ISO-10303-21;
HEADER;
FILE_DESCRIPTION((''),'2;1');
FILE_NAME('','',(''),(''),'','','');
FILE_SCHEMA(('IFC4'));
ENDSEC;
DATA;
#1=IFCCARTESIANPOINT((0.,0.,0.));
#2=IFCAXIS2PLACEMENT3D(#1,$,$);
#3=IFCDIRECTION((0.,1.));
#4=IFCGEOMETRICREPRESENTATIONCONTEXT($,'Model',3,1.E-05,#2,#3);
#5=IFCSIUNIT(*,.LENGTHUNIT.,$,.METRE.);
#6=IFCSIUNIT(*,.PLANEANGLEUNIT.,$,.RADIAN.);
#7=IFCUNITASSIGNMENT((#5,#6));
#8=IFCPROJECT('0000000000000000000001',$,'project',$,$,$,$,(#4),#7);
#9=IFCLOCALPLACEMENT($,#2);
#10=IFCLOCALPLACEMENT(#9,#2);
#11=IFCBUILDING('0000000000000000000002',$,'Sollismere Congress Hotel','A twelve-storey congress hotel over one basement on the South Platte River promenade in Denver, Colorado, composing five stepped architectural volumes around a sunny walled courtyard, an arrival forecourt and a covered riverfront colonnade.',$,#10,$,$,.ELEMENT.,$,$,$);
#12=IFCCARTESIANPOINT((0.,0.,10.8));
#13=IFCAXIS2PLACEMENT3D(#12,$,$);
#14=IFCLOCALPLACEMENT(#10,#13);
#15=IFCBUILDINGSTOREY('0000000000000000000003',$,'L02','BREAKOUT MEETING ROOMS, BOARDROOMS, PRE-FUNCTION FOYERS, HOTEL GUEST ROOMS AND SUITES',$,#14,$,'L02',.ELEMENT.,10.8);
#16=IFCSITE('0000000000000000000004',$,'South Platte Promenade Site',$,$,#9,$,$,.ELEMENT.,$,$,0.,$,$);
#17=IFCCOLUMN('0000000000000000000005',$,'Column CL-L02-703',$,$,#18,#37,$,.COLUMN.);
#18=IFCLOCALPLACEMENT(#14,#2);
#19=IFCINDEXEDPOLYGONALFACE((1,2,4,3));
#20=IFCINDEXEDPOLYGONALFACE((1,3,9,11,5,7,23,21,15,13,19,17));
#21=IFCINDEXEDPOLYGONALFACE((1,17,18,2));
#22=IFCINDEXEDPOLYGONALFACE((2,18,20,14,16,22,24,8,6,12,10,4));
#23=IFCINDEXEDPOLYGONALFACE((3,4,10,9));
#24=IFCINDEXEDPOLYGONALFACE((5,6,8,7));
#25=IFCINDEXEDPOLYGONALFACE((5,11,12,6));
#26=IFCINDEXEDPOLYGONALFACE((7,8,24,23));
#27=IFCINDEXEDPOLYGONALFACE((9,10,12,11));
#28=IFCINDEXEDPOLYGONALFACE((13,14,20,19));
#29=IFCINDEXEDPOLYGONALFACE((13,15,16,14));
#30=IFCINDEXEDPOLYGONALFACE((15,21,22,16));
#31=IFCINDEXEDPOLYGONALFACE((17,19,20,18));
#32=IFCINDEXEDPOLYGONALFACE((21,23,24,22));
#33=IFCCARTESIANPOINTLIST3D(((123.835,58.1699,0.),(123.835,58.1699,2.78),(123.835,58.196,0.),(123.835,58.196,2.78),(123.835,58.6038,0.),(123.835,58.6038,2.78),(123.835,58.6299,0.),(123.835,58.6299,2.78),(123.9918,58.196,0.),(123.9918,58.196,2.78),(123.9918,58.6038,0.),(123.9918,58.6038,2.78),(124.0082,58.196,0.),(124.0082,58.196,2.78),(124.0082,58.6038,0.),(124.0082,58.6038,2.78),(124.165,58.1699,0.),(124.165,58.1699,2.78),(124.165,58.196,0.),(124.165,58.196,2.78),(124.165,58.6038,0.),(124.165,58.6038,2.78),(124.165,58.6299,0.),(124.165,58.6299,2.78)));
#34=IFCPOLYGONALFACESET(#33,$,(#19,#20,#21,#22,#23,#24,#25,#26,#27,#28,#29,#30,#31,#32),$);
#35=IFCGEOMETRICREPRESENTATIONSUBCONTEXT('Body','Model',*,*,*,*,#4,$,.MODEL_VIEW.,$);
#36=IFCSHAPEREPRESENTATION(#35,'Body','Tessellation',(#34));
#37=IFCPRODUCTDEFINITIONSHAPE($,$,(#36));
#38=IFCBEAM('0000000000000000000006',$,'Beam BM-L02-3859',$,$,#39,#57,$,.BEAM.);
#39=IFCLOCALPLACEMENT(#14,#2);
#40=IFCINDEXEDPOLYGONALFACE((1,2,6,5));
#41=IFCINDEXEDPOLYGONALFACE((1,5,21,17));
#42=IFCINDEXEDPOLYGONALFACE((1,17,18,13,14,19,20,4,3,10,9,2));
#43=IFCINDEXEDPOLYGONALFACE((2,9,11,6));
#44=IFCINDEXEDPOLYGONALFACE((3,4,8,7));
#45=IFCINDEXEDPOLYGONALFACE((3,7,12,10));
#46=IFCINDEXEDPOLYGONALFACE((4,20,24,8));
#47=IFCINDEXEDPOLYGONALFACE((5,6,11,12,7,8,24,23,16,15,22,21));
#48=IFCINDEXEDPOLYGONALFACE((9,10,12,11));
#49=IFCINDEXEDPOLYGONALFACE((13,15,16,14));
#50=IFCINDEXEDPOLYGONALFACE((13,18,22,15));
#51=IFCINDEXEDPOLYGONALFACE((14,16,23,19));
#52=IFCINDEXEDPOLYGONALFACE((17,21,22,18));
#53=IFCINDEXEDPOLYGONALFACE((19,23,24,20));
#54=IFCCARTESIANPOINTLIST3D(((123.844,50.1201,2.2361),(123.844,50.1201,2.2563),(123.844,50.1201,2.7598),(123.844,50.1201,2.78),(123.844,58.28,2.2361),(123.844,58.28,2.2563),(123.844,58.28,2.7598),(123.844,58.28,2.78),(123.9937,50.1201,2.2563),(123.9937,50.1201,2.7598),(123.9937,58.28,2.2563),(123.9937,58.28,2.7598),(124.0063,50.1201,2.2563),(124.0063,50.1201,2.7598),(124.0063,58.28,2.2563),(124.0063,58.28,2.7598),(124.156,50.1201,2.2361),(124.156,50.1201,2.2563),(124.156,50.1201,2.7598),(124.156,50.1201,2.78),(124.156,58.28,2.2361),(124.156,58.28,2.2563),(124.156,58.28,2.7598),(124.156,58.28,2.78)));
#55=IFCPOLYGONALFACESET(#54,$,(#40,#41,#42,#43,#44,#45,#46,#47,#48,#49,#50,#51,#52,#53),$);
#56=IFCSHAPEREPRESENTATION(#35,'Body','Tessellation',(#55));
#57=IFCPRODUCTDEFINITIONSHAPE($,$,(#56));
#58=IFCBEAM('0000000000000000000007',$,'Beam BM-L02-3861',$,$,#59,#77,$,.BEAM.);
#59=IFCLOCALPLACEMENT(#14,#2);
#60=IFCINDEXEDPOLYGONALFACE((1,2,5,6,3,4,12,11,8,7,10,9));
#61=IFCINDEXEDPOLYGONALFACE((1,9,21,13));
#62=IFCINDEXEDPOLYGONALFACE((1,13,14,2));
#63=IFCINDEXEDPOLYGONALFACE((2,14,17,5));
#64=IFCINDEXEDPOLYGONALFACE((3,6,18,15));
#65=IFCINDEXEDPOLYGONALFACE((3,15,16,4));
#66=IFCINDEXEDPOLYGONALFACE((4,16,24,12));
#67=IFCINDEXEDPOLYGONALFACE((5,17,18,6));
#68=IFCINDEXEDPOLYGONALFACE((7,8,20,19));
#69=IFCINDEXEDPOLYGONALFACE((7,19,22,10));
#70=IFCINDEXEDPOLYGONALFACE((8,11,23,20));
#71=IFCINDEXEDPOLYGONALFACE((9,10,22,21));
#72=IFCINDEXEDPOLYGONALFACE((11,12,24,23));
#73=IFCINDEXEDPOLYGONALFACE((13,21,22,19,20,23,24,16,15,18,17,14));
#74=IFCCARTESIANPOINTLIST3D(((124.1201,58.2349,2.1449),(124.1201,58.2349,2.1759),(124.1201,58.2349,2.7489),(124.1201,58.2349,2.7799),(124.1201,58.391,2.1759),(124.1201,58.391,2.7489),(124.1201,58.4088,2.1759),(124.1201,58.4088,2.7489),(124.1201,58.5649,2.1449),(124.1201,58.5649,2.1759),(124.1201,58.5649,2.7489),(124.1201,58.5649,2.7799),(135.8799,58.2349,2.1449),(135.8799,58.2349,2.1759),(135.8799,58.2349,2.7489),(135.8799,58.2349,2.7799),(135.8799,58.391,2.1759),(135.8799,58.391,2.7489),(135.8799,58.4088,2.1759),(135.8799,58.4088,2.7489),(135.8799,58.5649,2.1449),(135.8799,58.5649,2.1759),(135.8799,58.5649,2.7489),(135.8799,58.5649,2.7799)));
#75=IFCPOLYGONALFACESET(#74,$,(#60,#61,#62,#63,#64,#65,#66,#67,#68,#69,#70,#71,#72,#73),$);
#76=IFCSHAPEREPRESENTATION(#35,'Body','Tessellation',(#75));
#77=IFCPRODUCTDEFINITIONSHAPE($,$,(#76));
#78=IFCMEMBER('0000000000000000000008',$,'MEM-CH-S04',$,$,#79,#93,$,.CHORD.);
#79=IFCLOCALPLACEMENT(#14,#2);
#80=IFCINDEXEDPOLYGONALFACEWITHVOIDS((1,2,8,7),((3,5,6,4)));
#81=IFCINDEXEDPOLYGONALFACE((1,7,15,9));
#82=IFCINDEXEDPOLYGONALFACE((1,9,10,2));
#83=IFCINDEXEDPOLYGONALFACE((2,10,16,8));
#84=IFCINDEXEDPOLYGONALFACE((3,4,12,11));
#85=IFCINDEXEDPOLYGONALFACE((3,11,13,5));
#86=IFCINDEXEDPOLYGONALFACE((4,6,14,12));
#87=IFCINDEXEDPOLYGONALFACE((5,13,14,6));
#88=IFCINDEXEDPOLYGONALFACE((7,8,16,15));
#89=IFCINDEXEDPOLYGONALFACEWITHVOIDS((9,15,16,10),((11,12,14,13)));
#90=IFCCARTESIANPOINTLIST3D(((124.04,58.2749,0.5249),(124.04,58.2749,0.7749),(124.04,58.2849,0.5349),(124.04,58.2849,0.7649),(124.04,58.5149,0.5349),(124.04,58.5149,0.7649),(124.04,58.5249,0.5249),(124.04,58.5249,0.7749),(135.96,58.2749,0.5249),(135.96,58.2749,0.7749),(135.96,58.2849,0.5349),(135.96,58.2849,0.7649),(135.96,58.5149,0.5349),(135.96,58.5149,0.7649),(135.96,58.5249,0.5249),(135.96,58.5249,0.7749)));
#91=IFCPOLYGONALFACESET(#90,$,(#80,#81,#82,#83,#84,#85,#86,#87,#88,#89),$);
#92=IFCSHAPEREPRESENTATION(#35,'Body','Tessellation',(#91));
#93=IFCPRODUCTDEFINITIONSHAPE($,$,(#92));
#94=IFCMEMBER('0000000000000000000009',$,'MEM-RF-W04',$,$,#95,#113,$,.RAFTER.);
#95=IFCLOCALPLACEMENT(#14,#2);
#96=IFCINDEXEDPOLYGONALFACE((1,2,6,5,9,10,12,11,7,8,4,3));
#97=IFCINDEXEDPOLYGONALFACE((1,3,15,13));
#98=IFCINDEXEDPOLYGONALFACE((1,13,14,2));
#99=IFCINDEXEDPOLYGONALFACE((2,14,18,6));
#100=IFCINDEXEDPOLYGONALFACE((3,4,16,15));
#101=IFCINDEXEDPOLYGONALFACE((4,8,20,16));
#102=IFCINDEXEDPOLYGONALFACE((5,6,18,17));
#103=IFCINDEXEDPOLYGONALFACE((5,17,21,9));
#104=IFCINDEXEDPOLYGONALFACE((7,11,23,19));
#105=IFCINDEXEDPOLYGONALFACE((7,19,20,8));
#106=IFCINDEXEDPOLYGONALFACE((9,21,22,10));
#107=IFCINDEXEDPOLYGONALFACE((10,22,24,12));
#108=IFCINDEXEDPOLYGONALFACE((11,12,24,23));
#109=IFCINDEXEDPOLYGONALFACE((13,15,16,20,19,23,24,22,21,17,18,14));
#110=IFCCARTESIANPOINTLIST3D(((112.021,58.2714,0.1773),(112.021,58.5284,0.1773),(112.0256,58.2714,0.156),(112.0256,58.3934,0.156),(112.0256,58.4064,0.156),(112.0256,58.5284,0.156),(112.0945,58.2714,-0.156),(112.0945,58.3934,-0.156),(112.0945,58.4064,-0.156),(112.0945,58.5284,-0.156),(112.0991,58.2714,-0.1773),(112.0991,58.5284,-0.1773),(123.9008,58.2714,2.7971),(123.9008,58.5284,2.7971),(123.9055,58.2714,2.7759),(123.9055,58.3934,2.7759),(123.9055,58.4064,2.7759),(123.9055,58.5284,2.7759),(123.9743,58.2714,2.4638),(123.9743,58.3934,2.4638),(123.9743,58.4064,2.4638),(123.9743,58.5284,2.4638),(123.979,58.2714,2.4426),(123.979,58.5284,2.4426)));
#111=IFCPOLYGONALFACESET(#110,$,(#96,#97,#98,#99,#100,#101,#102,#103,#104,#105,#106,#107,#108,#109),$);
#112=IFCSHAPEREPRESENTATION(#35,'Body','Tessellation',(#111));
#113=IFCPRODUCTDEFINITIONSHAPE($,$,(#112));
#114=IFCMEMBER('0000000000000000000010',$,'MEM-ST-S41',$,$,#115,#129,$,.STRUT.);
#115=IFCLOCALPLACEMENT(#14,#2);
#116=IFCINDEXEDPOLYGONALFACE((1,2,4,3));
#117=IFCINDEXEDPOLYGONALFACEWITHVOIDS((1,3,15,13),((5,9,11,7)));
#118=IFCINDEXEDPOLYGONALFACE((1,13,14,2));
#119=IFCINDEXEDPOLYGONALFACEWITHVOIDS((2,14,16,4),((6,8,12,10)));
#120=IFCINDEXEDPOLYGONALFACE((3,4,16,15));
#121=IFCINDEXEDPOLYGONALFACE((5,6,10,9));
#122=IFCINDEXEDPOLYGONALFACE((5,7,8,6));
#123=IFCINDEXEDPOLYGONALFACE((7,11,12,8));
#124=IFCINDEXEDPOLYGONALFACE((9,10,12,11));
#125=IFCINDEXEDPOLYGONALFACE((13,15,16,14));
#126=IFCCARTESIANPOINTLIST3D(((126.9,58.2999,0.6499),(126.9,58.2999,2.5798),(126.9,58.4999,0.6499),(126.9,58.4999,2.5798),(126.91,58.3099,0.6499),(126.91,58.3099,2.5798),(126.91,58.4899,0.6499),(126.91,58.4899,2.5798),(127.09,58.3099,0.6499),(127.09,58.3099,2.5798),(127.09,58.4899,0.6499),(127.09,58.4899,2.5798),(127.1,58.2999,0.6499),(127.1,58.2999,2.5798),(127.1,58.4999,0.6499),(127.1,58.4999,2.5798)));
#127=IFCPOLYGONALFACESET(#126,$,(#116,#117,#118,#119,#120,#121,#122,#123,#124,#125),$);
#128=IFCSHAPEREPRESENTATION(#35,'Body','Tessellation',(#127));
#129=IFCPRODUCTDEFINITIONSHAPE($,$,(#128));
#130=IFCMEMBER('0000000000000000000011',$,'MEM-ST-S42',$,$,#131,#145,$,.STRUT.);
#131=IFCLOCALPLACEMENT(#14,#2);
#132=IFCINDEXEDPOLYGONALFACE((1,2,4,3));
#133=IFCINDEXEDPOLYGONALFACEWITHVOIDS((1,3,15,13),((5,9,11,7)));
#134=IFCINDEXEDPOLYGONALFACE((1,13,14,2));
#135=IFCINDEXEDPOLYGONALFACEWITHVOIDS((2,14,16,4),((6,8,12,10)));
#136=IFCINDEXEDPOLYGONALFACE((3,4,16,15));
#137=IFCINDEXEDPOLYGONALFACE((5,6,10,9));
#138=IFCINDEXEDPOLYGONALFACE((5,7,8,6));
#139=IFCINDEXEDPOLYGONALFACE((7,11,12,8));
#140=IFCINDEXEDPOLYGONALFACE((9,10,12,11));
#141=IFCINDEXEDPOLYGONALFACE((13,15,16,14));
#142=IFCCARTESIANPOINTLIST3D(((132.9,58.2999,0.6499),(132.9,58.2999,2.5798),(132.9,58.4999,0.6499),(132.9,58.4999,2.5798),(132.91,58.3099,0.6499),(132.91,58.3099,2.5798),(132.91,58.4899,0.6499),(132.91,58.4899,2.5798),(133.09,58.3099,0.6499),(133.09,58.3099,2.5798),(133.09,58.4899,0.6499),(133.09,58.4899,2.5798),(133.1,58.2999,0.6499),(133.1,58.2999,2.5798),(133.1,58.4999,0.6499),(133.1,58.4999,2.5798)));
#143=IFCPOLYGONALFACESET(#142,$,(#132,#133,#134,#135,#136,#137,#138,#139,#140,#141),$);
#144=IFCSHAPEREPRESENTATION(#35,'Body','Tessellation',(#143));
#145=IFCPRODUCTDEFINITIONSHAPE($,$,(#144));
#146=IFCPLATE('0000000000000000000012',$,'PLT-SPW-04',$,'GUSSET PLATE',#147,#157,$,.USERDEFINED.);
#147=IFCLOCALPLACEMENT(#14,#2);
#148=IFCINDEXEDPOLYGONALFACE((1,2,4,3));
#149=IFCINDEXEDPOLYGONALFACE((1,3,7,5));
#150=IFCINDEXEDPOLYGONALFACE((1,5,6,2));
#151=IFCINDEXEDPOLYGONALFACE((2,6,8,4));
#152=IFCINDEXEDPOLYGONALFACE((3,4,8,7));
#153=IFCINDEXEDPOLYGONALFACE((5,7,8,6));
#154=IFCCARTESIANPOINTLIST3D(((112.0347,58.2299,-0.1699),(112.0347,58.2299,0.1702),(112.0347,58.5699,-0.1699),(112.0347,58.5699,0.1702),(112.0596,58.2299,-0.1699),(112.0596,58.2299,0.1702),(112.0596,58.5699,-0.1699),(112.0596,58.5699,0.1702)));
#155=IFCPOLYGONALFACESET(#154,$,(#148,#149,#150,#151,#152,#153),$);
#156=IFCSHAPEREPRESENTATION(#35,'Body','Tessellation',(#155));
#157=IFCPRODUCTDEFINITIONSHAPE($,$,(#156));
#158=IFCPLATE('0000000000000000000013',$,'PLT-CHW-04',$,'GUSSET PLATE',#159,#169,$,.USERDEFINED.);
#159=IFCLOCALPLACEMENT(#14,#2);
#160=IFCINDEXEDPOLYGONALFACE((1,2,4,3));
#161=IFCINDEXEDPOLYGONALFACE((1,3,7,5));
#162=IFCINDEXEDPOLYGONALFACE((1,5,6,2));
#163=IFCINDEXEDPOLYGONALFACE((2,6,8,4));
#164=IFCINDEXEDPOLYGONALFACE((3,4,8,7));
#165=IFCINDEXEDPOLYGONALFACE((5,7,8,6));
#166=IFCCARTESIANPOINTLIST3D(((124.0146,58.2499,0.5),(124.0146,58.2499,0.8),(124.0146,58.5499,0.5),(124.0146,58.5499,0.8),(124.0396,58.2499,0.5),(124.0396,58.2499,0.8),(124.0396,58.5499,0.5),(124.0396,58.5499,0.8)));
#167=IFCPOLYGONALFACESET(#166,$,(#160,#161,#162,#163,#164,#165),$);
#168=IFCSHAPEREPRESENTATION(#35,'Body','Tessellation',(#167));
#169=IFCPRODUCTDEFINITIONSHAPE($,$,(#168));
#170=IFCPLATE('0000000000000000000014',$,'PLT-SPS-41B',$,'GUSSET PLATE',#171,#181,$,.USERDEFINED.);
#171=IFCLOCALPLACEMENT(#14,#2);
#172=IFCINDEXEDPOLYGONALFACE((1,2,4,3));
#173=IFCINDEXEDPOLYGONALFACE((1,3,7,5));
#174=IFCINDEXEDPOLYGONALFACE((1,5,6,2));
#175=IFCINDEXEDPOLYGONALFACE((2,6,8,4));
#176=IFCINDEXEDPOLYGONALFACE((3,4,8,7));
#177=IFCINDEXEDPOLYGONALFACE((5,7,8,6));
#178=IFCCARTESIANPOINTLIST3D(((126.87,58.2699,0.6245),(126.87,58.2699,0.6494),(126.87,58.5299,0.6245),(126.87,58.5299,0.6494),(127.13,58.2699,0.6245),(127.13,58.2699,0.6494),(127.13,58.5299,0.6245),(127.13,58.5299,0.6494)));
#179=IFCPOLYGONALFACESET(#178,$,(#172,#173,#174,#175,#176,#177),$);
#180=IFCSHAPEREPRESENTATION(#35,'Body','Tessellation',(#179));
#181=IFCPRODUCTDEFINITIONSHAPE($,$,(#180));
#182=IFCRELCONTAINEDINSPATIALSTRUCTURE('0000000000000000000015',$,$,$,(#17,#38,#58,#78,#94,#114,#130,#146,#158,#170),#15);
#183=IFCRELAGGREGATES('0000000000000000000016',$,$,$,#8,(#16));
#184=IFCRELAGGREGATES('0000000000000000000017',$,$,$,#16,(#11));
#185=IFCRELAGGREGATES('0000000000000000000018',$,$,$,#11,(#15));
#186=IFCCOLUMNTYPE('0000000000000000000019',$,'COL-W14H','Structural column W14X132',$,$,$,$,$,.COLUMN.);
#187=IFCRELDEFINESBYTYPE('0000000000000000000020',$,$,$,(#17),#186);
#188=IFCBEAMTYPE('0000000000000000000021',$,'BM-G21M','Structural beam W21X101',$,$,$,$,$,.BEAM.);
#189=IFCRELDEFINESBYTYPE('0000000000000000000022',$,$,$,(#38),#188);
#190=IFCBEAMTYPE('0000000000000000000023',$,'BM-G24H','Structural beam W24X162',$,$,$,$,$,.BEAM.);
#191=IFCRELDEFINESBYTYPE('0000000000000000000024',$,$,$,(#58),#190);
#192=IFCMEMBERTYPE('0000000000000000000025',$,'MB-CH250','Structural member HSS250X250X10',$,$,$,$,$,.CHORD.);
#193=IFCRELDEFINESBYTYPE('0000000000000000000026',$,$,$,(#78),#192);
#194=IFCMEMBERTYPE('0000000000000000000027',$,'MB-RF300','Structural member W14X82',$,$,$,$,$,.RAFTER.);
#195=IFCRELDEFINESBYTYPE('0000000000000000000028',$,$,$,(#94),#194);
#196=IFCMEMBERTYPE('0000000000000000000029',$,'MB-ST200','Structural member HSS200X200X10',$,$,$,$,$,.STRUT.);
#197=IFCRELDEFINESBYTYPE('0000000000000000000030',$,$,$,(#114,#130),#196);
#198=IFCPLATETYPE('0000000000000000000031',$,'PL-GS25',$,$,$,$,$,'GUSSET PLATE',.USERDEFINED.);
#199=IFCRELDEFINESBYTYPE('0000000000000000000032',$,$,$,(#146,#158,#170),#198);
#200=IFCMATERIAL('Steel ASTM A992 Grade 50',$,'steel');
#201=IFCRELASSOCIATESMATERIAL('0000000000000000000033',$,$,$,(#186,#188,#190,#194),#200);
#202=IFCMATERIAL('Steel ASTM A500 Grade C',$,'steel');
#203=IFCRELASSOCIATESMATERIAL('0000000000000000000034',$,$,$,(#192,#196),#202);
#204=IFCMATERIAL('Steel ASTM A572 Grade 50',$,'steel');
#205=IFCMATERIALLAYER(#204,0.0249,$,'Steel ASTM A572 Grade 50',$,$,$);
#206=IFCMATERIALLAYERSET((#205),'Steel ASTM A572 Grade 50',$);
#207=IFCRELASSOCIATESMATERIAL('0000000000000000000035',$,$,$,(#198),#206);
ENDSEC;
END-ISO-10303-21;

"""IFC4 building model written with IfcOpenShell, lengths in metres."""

from ifc_helpers import new_model, si_unit, direction, frame, origin, origin_2d, place, context, subcontext, project, spatial, rectangle, hollow_rectangle, i_section, extrude, material, layer, layer_set, material_profile, profile_set, type_object, element, save


model = new_model("IFC4")

# Units and contexts
model_context = context("Model", 3, precision=1e-05, world=origin(), true_north=direction((0.0, 1.0)))
body_context = subcontext(model_context, "Body", "Model", "MODEL_VIEW")
ifc_project = project(units=[si_unit("LENGTHUNIT", "METRE"), si_unit("PLANEANGLEUNIT", "RADIAN")], contexts=[model_context])

# Site, building, storey
site_placement = place(None, origin())
site = spatial("IfcSite", under=ifc_project, at=site_placement, Name="South Platte Promenade Site", CompositionType="ELEMENT", RefElevation=0.0)
building_placement = place(site_placement, origin())
building = spatial("IfcBuilding", under=site, at=building_placement, Name="Sollismere Congress Hotel", Description="A twelve-storey congress hotel over one basement on the South Platte River promenade in Denver, Colorado, composing five stepped architectural volumes around a sunny walled courtyard, an arrival forecourt and a covered riverfront colonnade.", CompositionType="ELEMENT")
storey_placement = place(building_placement, frame((0.0, 0.0, 10.8)))
storey = spatial("IfcBuildingStorey", under=building, at=storey_placement, Name="L02", Description="BREAKOUT MEETING ROOMS, BOARDROOMS, PRE-FUNCTION FOYERS, HOTEL GUEST ROOMS AND SUITES", LongName="L02", CompositionType="ELEMENT", Elevation=10.8)

# Column
ifc_material_1 = material(Name="Steel ASTM A992 Grade 50", Category="steel")
ifc_material_profile_1 = material_profile(ifc_material_1, i_section(OverallWidth=0.3301, OverallDepth=0.46, WebThickness=0.0164, FlangeThickness=0.0261, at=origin_2d()), Name="W14X132")
ifc_profile_set_1 = profile_set([ifc_material_profile_1], Name="Steel ASTM A992 Grade 50")
column_type = type_object("IfcColumnType", Name="COL-W14H", Description="Structural column W14X132", PredefinedType="COLUMN", material=ifc_profile_set_1)
column_placement = place(storey_placement, frame((124.0, 58.3999, 0.0), z_axis=(0.0, 0.0, 1.0), x_axis=(1.0, 0.0, 0.0)))
element("IfcColumn", 1, at=column_placement, inside=storey, type_object=column_type, Name="Column CL-L02-703", PredefinedType="COLUMN", context=body_context, shape_type="SweptSolid", body=[
    extrude(i_section(OverallWidth=0.3301, OverallDepth=0.46, WebThickness=0.0164, FlangeThickness=0.0261, at=origin_2d()), origin(), (0.0, 0.0, 1.0), 2.78),
])

# Beams
ifc_material_profile_2 = material_profile(ifc_material_1, i_section(OverallWidth=0.312, OverallDepth=0.5439, WebThickness=0.0127, FlangeThickness=0.0203, at=origin_2d()), Name="W21X101")
ifc_profile_set_2 = profile_set([ifc_material_profile_2], Name="Steel ASTM A992 Grade 50")
beam_type_1 = type_object("IfcBeamType", Name="BM-G21M", Description="Structural beam W21X101", PredefinedType="BEAM", material=ifc_profile_set_2)
beam_1_placement = place(storey_placement, frame((124.0, 50.1201, 2.5081), z_axis=(0.0, 1.0, 0.0), x_axis=(-1.0, 0.0, 0.0)))
element("IfcBeam", 2, at=beam_1_placement, inside=storey, type_object=beam_type_1, Name="Beam BM-L02-3859", PredefinedType="BEAM", context=body_context, shape_type="SweptSolid", body=[
    extrude(i_section(OverallWidth=0.312, OverallDepth=0.5439, WebThickness=0.0127, FlangeThickness=0.0203, at=origin_2d()), origin(), (0.0, 0.0, 1.0), 8.1599),
])
ifc_material_profile_3 = material_profile(ifc_material_1, i_section(OverallWidth=0.3301, OverallDepth=0.635, WebThickness=0.0178, FlangeThickness=0.031, at=origin_2d()), Name="W24X162")
ifc_profile_set_3 = profile_set([ifc_material_profile_3], Name="Steel ASTM A992 Grade 50")
beam_type_2 = type_object("IfcBeamType", Name="BM-G24H", Description="Structural beam W24X162", PredefinedType="BEAM", material=ifc_profile_set_3)
beam_2_placement = place(storey_placement, frame((124.1201, 58.3999, 2.4624), z_axis=(1.0, 0.0, 0.0), x_axis=(0.0, 1.0, 0.0)))
element("IfcBeam", 3, at=beam_2_placement, inside=storey, type_object=beam_type_2, Name="Beam BM-L02-3861", PredefinedType="BEAM", context=body_context, shape_type="SweptSolid", body=[
    extrude(i_section(OverallWidth=0.3301, OverallDepth=0.635, WebThickness=0.0178, FlangeThickness=0.031, at=origin_2d()), origin(), (0.0, 0.0, 1.0), 11.7598),
])

# Members
ifc_material_2 = material(Name="Steel ASTM A500 Grade C", Category="steel")
ifc_material_profile_4 = material_profile(ifc_material_2, hollow_rectangle(XDim=0.25, YDim=0.25, WallThickness=0.01, at=origin_2d()), Name="HSS250X250X10")
ifc_profile_set_4 = profile_set([ifc_material_profile_4], Name="Steel ASTM A500 Grade C")
member_type_1 = type_object("IfcMemberType", Name="MB-CH250", Description="Structural member HSS250X250X10", PredefinedType="CHORD", material=ifc_profile_set_4)
member_1_placement = place(storey_placement, frame((124.04, 58.3999, 0.6499), z_axis=(1.0, 0.0, 0.0), x_axis=(0.0, 1.0, 0.0)))
element("IfcMember", 4, at=member_1_placement, inside=storey, type_object=member_type_1, Name="MEM-CH-S04", PredefinedType="CHORD", context=body_context, shape_type="SweptSolid", body=[
    extrude(hollow_rectangle(XDim=0.25, YDim=0.25, WallThickness=0.01, at=origin_2d()), origin(), (0.0, 0.0, 1.0), 11.9199),
])
ifc_material_profile_5 = material_profile(ifc_material_1, i_section(OverallWidth=0.2571, OverallDepth=0.363, WebThickness=0.0129, FlangeThickness=0.0217, at=origin_2d()), Name="W14X82")
ifc_profile_set_5 = profile_set([ifc_material_profile_5], Name="Steel ASTM A992 Grade 50")
member_type_2 = type_object("IfcMemberType", Name="MB-RF300", Description="Structural member W14X82", PredefinedType="RAFTER", material=ifc_profile_set_5)
member_2_placement = place(storey_placement, frame((112.0601, 58.3999, 0.0), z_axis=(0.976536, 0.0, 0.215356), x_axis=(0.0, 1.0, 0.0)))
element("IfcMember", 5, at=member_2_placement, inside=storey, type_object=member_type_2, Name="MEM-RF-W04", PredefinedType="RAFTER", context=body_context, shape_type="SweptSolid", body=[
    extrude(i_section(OverallWidth=0.2571, OverallDepth=0.363, WebThickness=0.0129, FlangeThickness=0.0217, at=origin_2d()), origin(), (0.0, 0.0, 1.0), 12.1653),
])
ifc_material_profile_6 = material_profile(ifc_material_2, hollow_rectangle(XDim=0.2, YDim=0.2, WallThickness=0.01, at=origin_2d()), Name="HSS200X200X10")
ifc_profile_set_6 = profile_set([ifc_material_profile_6], Name="Steel ASTM A500 Grade C")
member_type_3 = type_object("IfcMemberType", Name="MB-ST200", Description="Structural member HSS200X200X10", PredefinedType="STRUT", material=ifc_profile_set_6)
for number, where, z_axis, x_axis, name in (
    (6, (127.0, 58.3999, 0.6499), (0.0, 0.0, 1.0), (1.0, 0.0, 0.0), "MEM-ST-S41"),
    (7, (133.0, 58.3999, 0.6499), (0.0, 0.0, 1.0), (1.0, 0.0, 0.0), "MEM-ST-S42"),
):
    element("IfcMember", number, at=place(storey_placement, frame(where, z_axis=z_axis, x_axis=x_axis)), inside=storey, type_object=member_type_3, Name=name, PredefinedType="STRUT", context=body_context, shape_type="SweptSolid", body=[
        extrude(hollow_rectangle(XDim=0.2, YDim=0.2, WallThickness=0.01, at=origin_2d()), origin(), (0.0, 0.0, 1.0), 1.9299),
    ])

# Plates
ifc_material_3 = material(Name="Steel ASTM A572 Grade 50", Category="steel")
ifc_layer_1 = layer(ifc_material_3, 0.0249, Name="Steel ASTM A572 Grade 50")
ifc_layer_set_1 = layer_set([ifc_layer_1], Name="Steel ASTM A572 Grade 50")
plate_type = type_object("IfcPlateType", Name="PL-GS25", ElementType="GUSSET PLATE", PredefinedType="USERDEFINED", material=ifc_layer_set_1)
plate_1_placement = place(storey_placement, frame((112.0471, 58.3999, -0.1699), z_axis=(0.0, 0.0, 1.0), x_axis=(1.0, 0.0, 0.0)))
element("IfcPlate", 8, at=plate_1_placement, inside=storey, type_object=plate_type, Name="PLT-SPW-04", ObjectType="GUSSET PLATE", PredefinedType="USERDEFINED", context=body_context, shape_type="SweptSolid", body=[
    extrude(rectangle(XDim=0.0249, YDim=0.3401, at=origin_2d()), origin(), (0.0, 0.0, 1.0), 0.3401),
])
plate_2_placement = place(storey_placement, frame((124.0271, 58.3999, 0.5), z_axis=(0.0, 0.0, 1.0), x_axis=(1.0, 0.0, 0.0)))
element("IfcPlate", 9, at=plate_2_placement, inside=storey, type_object=plate_type, Name="PLT-CHW-04", ObjectType="GUSSET PLATE", PredefinedType="USERDEFINED", context=body_context, shape_type="SweptSolid", body=[
    extrude(rectangle(XDim=0.0249, YDim=0.3, at=origin_2d()), origin(), (0.0, 0.0, 1.0), 0.3),
])
for number, where, z_axis, x_axis, name in (
    (10, (127.0, 58.3999, 0.6245), (0.0, 0.0, 1.0), (1.0, 0.0, 0.0), "PLT-SPS-41B"),
):
    element("IfcPlate", number, at=place(storey_placement, frame(where, z_axis=z_axis, x_axis=x_axis)), inside=storey, type_object=plate_type, Name=name, ObjectType="GUSSET PLATE", PredefinedType="USERDEFINED", context=body_context, shape_type="SweptSolid", body=[
        extrude(rectangle(XDim=0.26, YDim=0.26, at=origin_2d()), origin(), (0.0, 0.0, 1.0), 0.0249),
    ])

save(model, "model.ifc")
